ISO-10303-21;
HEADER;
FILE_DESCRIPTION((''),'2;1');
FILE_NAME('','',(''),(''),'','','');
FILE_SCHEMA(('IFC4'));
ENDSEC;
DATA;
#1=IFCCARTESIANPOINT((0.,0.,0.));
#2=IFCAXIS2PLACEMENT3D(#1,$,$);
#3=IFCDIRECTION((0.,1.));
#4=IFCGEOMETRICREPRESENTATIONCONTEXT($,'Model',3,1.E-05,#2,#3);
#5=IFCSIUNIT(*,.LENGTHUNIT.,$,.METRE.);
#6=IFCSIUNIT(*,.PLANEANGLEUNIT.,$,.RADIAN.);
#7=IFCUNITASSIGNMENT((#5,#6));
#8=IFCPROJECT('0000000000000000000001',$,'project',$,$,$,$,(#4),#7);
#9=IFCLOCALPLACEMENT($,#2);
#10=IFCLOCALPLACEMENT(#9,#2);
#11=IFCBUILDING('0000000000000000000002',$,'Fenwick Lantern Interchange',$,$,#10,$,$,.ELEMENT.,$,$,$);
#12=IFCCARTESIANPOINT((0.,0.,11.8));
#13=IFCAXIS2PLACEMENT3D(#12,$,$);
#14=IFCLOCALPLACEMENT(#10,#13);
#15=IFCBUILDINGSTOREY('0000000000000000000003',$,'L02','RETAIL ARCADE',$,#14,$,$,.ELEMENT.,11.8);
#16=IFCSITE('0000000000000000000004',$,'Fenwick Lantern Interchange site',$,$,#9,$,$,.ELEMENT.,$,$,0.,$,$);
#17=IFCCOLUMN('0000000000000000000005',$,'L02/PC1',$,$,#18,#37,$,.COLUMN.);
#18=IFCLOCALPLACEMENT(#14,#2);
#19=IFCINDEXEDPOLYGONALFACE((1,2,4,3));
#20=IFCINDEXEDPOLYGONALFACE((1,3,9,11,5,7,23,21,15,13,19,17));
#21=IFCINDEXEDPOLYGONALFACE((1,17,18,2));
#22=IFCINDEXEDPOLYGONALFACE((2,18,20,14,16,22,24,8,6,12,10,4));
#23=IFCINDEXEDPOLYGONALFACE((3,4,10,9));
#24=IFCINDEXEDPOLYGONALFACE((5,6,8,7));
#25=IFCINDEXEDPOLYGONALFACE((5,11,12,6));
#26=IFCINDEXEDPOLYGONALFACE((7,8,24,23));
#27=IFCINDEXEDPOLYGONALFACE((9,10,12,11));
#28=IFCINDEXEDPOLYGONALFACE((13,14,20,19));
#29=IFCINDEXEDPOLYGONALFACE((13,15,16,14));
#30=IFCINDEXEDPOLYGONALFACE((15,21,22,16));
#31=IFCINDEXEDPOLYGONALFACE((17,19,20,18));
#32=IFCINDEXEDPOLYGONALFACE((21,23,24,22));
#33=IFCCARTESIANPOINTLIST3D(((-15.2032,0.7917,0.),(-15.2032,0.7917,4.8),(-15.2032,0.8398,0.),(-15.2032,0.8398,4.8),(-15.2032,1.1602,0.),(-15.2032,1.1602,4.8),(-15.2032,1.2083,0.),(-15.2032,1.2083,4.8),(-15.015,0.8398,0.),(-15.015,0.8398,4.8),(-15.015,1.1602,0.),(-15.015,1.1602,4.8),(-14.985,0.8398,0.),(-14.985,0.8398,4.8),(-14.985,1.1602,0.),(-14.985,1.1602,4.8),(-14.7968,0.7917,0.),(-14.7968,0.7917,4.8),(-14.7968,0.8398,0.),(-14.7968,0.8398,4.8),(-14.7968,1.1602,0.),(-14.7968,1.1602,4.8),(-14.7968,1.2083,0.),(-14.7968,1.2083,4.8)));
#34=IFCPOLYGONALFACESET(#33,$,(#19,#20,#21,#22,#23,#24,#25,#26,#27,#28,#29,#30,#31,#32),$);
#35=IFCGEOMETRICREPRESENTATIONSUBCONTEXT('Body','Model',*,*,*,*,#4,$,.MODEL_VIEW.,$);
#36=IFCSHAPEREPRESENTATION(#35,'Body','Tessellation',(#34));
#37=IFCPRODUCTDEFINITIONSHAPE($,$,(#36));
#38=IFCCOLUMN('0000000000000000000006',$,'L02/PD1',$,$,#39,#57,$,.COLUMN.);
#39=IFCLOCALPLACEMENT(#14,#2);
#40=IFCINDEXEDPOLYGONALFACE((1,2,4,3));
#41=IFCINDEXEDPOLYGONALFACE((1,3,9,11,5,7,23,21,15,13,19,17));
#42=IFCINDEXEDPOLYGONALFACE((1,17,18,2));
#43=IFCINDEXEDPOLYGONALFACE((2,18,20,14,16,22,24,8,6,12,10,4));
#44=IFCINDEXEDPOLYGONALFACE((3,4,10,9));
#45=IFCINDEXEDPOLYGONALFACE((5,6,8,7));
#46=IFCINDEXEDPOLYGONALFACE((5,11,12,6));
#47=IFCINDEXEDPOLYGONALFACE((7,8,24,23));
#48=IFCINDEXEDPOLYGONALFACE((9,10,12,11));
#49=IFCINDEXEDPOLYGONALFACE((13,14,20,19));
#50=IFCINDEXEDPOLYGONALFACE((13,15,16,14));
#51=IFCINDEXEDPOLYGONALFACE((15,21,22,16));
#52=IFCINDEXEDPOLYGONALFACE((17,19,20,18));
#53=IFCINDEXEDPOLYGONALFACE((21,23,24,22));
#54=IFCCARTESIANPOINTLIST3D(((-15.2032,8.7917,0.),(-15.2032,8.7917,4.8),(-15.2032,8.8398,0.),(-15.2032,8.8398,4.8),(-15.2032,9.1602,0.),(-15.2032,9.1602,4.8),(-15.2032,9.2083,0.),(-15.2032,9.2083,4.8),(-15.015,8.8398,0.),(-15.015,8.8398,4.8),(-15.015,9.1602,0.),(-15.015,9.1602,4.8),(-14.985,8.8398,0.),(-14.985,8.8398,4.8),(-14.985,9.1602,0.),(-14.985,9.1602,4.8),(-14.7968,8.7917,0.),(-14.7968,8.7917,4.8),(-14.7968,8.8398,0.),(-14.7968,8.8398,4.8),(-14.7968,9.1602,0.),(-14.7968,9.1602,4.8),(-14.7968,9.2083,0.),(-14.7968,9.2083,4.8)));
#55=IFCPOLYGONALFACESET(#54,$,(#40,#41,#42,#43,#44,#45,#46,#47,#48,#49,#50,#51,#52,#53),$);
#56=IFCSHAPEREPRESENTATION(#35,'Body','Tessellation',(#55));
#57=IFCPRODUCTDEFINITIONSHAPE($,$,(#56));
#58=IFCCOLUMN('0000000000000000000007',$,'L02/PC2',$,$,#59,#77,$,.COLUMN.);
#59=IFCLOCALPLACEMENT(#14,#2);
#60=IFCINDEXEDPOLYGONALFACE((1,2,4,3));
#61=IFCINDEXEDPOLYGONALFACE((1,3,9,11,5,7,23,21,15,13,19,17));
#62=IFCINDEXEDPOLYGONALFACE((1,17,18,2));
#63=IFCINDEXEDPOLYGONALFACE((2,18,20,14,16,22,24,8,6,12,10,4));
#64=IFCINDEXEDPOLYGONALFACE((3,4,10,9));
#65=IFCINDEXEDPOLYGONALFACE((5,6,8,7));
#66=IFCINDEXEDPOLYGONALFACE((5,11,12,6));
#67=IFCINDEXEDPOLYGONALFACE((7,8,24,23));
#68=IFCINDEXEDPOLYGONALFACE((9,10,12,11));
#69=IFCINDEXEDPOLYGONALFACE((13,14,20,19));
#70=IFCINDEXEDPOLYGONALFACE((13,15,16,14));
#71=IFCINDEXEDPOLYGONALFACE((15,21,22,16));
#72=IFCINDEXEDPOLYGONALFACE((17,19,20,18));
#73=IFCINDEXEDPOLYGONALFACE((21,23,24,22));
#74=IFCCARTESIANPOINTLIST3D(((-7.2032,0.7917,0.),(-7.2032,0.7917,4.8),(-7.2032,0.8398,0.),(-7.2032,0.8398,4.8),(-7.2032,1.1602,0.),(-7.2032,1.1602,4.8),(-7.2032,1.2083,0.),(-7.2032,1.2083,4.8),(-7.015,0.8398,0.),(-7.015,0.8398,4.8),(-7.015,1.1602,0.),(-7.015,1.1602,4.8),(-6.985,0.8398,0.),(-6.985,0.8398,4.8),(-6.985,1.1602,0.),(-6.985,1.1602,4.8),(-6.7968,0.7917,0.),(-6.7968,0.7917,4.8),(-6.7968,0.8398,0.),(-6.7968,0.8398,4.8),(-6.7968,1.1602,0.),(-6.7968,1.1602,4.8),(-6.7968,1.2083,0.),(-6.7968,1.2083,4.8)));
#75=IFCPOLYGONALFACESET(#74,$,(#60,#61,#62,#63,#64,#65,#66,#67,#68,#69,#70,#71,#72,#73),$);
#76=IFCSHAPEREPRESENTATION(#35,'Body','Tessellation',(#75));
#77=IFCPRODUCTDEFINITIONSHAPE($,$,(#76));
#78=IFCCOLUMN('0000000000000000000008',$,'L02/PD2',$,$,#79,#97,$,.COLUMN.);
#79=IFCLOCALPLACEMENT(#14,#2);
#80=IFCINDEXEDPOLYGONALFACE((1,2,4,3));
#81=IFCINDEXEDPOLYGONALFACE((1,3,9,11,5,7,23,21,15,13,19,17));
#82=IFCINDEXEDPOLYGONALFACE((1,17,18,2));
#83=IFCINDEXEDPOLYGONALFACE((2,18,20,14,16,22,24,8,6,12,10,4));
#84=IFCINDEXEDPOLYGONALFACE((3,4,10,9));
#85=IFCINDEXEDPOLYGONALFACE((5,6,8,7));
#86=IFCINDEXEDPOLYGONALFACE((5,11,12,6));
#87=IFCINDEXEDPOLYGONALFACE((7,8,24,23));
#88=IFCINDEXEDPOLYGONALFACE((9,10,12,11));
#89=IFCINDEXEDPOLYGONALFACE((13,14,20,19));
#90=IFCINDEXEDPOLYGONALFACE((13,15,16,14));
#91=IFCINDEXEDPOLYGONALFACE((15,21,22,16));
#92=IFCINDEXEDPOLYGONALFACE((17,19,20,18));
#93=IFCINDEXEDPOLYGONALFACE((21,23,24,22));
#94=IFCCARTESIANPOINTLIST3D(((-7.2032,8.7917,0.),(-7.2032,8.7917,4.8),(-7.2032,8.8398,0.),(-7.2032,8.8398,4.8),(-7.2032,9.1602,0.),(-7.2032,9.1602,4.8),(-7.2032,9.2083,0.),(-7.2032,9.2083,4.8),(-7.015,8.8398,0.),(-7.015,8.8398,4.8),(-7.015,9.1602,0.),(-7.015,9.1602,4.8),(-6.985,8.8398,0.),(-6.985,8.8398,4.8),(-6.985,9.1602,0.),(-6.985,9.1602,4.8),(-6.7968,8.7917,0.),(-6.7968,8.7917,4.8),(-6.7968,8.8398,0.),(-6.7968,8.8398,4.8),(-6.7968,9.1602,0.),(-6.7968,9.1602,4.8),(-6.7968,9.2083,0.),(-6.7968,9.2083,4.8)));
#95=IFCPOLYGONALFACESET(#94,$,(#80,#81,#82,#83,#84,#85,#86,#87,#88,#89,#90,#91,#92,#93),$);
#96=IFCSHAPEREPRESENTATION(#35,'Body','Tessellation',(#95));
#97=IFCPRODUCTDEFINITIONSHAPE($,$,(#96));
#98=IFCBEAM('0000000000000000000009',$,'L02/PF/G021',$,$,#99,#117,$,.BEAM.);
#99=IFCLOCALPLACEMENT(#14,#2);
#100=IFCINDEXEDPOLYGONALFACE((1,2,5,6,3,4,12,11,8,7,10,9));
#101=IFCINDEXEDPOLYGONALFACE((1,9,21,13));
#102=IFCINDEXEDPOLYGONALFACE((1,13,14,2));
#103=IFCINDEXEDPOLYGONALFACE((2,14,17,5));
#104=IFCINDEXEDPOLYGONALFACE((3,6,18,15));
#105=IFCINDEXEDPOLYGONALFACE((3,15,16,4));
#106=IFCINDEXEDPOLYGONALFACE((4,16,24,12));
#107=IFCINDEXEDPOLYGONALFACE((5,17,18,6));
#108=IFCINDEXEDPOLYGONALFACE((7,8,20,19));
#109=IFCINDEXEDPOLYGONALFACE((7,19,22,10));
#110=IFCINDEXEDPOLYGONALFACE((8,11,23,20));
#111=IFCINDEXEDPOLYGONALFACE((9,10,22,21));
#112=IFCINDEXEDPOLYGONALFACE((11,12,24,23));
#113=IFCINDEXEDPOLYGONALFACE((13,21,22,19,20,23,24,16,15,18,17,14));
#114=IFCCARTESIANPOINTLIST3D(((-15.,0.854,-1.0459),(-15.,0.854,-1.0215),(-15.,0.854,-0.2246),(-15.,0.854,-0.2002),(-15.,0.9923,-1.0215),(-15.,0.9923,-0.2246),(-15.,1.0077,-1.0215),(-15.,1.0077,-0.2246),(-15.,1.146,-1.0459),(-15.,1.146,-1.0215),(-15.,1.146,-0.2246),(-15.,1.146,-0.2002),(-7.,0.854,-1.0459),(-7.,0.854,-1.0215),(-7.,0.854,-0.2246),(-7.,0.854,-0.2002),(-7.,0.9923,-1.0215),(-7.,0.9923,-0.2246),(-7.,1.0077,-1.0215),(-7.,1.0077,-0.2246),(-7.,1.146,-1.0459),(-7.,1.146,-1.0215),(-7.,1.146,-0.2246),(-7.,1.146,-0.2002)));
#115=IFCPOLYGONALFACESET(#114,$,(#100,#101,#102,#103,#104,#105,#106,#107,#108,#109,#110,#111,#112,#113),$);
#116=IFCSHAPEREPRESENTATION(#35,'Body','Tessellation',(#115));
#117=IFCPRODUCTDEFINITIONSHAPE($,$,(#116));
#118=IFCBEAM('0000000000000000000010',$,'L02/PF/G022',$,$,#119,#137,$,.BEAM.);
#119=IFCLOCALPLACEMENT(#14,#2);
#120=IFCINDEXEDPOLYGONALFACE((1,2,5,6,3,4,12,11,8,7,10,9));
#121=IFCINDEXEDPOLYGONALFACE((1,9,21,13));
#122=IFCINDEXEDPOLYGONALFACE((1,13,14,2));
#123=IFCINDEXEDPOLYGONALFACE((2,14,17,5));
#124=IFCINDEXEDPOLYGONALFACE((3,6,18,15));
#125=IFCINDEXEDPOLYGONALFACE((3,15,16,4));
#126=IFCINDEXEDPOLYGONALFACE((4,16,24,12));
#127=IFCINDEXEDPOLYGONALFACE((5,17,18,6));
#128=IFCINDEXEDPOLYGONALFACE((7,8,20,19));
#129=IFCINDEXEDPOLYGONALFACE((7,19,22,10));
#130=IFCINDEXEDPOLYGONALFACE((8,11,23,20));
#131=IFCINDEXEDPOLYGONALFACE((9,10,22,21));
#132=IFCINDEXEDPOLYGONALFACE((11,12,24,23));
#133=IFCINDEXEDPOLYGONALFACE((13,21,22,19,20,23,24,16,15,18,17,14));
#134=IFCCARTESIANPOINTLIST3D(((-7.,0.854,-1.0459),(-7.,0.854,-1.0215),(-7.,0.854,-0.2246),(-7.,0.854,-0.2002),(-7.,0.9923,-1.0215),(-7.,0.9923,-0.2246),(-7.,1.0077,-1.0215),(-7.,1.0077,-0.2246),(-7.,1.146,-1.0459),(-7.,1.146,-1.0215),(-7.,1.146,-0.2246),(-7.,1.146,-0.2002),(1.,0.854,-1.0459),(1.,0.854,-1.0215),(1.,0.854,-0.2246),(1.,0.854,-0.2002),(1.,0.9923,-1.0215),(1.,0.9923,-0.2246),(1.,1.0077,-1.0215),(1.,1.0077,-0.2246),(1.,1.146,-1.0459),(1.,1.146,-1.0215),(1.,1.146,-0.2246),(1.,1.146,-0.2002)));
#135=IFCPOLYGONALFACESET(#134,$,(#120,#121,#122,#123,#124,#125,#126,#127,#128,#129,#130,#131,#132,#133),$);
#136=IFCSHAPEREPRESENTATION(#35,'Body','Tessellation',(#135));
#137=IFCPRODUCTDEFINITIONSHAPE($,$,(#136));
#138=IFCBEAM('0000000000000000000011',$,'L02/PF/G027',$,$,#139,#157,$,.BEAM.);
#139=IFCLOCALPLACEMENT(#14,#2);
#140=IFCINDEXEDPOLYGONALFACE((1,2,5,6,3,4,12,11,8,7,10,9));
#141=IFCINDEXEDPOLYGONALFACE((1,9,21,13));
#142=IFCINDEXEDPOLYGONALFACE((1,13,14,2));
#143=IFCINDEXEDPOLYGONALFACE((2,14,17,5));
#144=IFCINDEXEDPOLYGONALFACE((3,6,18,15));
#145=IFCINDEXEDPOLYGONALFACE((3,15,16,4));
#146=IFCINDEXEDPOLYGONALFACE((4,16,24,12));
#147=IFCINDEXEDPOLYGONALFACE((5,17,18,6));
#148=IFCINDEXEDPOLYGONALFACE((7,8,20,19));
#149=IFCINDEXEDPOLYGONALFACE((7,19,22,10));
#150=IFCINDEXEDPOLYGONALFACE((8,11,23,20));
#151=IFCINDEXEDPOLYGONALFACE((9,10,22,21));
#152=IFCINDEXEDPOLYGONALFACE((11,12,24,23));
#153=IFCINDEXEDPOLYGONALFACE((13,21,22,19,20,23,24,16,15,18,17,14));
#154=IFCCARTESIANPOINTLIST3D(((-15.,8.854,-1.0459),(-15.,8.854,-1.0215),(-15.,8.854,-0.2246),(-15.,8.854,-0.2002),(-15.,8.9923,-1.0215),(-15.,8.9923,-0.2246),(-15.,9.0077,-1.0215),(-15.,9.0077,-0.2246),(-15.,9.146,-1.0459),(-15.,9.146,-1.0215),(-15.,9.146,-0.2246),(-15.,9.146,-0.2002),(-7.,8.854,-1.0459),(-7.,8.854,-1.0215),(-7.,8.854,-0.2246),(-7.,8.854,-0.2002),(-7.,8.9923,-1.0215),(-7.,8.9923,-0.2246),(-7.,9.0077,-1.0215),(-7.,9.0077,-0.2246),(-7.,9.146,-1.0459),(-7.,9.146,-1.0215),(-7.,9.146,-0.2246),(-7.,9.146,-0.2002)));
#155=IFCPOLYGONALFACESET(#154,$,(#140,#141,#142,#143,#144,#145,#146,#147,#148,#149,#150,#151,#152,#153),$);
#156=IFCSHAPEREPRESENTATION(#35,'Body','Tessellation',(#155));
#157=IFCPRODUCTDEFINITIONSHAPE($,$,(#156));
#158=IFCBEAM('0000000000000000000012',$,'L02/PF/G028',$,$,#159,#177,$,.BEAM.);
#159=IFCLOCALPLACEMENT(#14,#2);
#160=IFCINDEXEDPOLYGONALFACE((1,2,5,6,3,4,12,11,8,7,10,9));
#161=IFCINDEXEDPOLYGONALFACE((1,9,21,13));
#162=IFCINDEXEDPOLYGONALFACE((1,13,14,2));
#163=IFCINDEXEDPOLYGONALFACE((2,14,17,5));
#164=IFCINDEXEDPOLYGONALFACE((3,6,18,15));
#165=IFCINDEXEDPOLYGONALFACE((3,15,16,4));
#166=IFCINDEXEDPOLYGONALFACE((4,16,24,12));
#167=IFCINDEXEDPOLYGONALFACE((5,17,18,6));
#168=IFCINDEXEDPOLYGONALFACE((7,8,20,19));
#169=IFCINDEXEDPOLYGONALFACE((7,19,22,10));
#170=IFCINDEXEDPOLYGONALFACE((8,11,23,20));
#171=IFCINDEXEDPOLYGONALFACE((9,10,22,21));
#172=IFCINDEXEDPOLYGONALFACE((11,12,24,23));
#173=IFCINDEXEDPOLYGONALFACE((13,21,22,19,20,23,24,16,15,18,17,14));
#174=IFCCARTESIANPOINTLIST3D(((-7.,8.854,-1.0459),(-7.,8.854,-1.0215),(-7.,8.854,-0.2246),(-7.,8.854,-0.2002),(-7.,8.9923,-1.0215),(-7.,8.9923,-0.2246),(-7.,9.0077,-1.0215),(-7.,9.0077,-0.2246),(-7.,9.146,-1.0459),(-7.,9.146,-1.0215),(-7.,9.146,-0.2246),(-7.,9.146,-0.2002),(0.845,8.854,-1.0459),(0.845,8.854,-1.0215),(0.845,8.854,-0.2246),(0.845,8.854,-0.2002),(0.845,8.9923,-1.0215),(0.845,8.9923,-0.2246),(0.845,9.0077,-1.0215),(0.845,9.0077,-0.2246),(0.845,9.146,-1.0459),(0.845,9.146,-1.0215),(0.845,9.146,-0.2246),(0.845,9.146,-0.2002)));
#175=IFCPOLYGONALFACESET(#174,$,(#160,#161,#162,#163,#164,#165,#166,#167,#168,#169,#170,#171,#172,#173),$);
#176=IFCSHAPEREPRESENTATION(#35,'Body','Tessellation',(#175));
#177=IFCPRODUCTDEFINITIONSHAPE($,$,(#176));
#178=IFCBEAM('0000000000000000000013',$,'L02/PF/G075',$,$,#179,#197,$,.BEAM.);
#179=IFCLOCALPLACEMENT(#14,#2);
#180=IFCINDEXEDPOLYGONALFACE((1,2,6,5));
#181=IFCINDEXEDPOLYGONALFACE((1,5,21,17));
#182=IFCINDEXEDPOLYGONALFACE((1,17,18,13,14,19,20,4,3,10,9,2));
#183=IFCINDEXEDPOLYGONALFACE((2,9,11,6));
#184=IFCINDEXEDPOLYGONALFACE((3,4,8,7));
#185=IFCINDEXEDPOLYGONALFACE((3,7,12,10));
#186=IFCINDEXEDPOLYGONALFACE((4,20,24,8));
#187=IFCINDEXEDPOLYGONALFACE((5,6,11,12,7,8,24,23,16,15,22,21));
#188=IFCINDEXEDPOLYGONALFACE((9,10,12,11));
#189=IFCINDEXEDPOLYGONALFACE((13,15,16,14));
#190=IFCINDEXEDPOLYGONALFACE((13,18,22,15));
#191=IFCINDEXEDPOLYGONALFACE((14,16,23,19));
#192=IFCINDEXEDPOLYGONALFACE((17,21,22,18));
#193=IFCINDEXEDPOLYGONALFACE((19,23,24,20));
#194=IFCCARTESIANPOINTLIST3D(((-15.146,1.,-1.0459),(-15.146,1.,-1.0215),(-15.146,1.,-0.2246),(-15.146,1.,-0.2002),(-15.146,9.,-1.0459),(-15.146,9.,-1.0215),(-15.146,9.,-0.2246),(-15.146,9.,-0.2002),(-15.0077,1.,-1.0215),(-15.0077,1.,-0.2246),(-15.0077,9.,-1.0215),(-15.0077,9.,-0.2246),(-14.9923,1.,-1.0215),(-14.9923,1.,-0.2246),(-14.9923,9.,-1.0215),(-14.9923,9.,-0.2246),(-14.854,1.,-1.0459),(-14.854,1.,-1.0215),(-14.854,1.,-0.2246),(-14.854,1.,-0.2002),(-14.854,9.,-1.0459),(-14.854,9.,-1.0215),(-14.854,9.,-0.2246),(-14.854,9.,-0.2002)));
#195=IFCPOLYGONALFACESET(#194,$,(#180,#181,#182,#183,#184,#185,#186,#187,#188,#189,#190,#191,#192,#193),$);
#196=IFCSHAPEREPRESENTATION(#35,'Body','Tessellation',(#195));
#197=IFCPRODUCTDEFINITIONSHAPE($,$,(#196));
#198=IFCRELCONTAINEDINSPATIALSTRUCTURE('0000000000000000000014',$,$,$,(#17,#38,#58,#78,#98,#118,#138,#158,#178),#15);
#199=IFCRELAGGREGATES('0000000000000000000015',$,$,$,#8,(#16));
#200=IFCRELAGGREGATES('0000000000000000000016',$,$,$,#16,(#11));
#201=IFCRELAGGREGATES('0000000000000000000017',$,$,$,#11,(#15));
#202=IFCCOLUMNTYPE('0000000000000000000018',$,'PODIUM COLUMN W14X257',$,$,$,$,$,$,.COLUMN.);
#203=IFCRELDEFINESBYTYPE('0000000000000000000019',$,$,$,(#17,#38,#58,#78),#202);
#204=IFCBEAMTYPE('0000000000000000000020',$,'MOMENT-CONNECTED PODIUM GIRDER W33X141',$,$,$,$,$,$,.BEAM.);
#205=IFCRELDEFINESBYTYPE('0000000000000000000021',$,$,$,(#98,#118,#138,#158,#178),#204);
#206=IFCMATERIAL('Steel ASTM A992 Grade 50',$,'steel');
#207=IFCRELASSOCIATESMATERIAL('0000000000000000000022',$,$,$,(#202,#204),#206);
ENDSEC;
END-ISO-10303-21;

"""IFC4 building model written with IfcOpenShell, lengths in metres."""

from ifc_helpers import new_model, si_unit, direction, frame, origin, origin_2d, place, context, subcontext, project, spatial, i_section, extrude, material, material_profile, profile_set, type_object, element, save


model = new_model("IFC4")

# Units and contexts
model_context = context("Model", 3, precision=1e-05, world=origin(), true_north=direction((0.0, 1.0)))
body_context = subcontext(model_context, "Body", "Model", "MODEL_VIEW")
ifc_project = project(units=[si_unit("LENGTHUNIT", "METRE"), si_unit("PLANEANGLEUNIT", "RADIAN")], contexts=[model_context])

# Site, building, storey
site_placement = place(None, origin())
site = spatial("IfcSite", under=ifc_project, at=site_placement, Name="Fenwick Lantern Interchange site", CompositionType="ELEMENT", RefElevation=0.0)
building_placement = place(site_placement, origin())
building = spatial("IfcBuilding", under=site, at=building_placement, Name="Fenwick Lantern Interchange", CompositionType="ELEMENT")
storey_placement = place(building_placement, frame((0.0, 0.0, 11.8)))
storey = spatial("IfcBuildingStorey", under=building, at=storey_placement, Name="L02", Description="RETAIL ARCADE", CompositionType="ELEMENT", Elevation=11.8)

# Columns
ifc_material_1 = material(Name="Steel ASTM A992 Grade 50", Category="steel")
ifc_material_profile_1 = material_profile(ifc_material_1, i_section(OverallWidth=0.4065, OverallDepth=0.4165, WebThickness=0.03, FlangeThickness=0.0481, at=origin_2d()), Name="W14X257")
ifc_profile_set_1 = profile_set([ifc_material_profile_1], Name="Steel ASTM A992 Grade 50")
column_type = type_object("IfcColumnType", Name="PODIUM COLUMN W14X257", PredefinedType="COLUMN", material=ifc_profile_set_1)
for number, where, z_axis, x_axis, name in (
    (1, (-15.0, 1.0, 0.0), (0.0, 0.0, 1.0), (1.0, 0.0, 0.0), "L02/PC1"),
    (2, (-15.0, 9.0, 0.0), (0.0, 0.0, 1.0), (1.0, 0.0, 0.0), "L02/PD1"),
    (3, (-7.0, 1.0, 0.0), (0.0, 0.0, 1.0), (1.0, 0.0, 0.0), "L02/PC2"),
    (4, (-7.0, 9.0, 0.0), (0.0, 0.0, 1.0), (1.0, 0.0, 0.0), "L02/PD2"),
):
    element("IfcColumn", number, at=place(storey_placement, frame(where, z_axis=z_axis, x_axis=x_axis)), inside=storey, type_object=column_type, Name=name, PredefinedType="COLUMN", context=body_context, shape_type="SweptSolid", body=[
        extrude(i_section(OverallWidth=0.4065, OverallDepth=0.4165, WebThickness=0.03, FlangeThickness=0.0481, at=origin_2d()), origin(), (0.0, 0.0, 1.0), 4.8),
    ])

# Beams
ifc_material_profile_2 = material_profile(ifc_material_1, i_section(OverallWidth=0.292, OverallDepth=0.8457, WebThickness=0.0154, FlangeThickness=0.0244, at=origin_2d()), Name="W33X141")
ifc_profile_set_2 = profile_set([ifc_material_profile_2], Name="Steel ASTM A992 Grade 50")
beam_type_1 = type_object("IfcBeamType", Name="MOMENT-CONNECTED PODIUM GIRDER W33X141", PredefinedType="BEAM", material=ifc_profile_set_2)
for number, where, z_axis, x_axis, name in (
    (5, (-15.0, 1.0, -0.623), (1.0, 0.0, 0.0), (0.0, 1.0, 0.0), "L02/PF/G021"),
    (6, (-7.0, 1.0, -0.623), (1.0, 0.0, 0.0), (0.0, 1.0, 0.0), "L02/PF/G022"),
    (7, (-15.0, 9.0, -0.623), (1.0, 0.0, 0.0), (0.0, 1.0, 0.0), "L02/PF/G027"),
):
    element("IfcBeam", number, at=place(storey_placement, frame(where, z_axis=z_axis, x_axis=x_axis)), inside=storey, type_object=beam_type_1, Name=name, PredefinedType="BEAM", context=body_context, shape_type="SweptSolid", body=[
        extrude(i_section(OverallWidth=0.292, OverallDepth=0.8457, WebThickness=0.0154, FlangeThickness=0.0244, at=origin_2d()), origin(), (0.0, 0.0, 1.0), 8.0),
    ])
beam_1_placement = place(storey_placement, frame((-7.0, 9.0, -0.623), z_axis=(1.0, 0.0, 0.0), x_axis=(0.0, 1.0, 0.0)))
element("IfcBeam", 8, at=beam_1_placement, inside=storey, type_object=beam_type_1, Name="L02/PF/G028", PredefinedType="BEAM", context=body_context, shape_type="SweptSolid", body=[
    extrude(i_section(OverallWidth=0.292, OverallDepth=0.8457, WebThickness=0.0154, FlangeThickness=0.0244, at=origin_2d()), origin(), (0.0, 0.0, 1.0), 7.845),
])
beam_2_placement = place(storey_placement, frame((-15.0, 1.0, -0.623), z_axis=(0.0, 1.0, 0.0), x_axis=(-1.0, 0.0, 0.0)))
element("IfcBeam", 9, at=beam_2_placement, inside=storey, type_object=beam_type_1, Name="L02/PF/G075", PredefinedType="BEAM", context=body_context, shape_type="SweptSolid", body=[
    extrude(i_section(OverallWidth=0.292, OverallDepth=0.8457, WebThickness=0.0154, FlangeThickness=0.0244, at=origin_2d()), origin(), (0.0, 0.0, 1.0), 8.0),
])

save(model, "model.ifc")
